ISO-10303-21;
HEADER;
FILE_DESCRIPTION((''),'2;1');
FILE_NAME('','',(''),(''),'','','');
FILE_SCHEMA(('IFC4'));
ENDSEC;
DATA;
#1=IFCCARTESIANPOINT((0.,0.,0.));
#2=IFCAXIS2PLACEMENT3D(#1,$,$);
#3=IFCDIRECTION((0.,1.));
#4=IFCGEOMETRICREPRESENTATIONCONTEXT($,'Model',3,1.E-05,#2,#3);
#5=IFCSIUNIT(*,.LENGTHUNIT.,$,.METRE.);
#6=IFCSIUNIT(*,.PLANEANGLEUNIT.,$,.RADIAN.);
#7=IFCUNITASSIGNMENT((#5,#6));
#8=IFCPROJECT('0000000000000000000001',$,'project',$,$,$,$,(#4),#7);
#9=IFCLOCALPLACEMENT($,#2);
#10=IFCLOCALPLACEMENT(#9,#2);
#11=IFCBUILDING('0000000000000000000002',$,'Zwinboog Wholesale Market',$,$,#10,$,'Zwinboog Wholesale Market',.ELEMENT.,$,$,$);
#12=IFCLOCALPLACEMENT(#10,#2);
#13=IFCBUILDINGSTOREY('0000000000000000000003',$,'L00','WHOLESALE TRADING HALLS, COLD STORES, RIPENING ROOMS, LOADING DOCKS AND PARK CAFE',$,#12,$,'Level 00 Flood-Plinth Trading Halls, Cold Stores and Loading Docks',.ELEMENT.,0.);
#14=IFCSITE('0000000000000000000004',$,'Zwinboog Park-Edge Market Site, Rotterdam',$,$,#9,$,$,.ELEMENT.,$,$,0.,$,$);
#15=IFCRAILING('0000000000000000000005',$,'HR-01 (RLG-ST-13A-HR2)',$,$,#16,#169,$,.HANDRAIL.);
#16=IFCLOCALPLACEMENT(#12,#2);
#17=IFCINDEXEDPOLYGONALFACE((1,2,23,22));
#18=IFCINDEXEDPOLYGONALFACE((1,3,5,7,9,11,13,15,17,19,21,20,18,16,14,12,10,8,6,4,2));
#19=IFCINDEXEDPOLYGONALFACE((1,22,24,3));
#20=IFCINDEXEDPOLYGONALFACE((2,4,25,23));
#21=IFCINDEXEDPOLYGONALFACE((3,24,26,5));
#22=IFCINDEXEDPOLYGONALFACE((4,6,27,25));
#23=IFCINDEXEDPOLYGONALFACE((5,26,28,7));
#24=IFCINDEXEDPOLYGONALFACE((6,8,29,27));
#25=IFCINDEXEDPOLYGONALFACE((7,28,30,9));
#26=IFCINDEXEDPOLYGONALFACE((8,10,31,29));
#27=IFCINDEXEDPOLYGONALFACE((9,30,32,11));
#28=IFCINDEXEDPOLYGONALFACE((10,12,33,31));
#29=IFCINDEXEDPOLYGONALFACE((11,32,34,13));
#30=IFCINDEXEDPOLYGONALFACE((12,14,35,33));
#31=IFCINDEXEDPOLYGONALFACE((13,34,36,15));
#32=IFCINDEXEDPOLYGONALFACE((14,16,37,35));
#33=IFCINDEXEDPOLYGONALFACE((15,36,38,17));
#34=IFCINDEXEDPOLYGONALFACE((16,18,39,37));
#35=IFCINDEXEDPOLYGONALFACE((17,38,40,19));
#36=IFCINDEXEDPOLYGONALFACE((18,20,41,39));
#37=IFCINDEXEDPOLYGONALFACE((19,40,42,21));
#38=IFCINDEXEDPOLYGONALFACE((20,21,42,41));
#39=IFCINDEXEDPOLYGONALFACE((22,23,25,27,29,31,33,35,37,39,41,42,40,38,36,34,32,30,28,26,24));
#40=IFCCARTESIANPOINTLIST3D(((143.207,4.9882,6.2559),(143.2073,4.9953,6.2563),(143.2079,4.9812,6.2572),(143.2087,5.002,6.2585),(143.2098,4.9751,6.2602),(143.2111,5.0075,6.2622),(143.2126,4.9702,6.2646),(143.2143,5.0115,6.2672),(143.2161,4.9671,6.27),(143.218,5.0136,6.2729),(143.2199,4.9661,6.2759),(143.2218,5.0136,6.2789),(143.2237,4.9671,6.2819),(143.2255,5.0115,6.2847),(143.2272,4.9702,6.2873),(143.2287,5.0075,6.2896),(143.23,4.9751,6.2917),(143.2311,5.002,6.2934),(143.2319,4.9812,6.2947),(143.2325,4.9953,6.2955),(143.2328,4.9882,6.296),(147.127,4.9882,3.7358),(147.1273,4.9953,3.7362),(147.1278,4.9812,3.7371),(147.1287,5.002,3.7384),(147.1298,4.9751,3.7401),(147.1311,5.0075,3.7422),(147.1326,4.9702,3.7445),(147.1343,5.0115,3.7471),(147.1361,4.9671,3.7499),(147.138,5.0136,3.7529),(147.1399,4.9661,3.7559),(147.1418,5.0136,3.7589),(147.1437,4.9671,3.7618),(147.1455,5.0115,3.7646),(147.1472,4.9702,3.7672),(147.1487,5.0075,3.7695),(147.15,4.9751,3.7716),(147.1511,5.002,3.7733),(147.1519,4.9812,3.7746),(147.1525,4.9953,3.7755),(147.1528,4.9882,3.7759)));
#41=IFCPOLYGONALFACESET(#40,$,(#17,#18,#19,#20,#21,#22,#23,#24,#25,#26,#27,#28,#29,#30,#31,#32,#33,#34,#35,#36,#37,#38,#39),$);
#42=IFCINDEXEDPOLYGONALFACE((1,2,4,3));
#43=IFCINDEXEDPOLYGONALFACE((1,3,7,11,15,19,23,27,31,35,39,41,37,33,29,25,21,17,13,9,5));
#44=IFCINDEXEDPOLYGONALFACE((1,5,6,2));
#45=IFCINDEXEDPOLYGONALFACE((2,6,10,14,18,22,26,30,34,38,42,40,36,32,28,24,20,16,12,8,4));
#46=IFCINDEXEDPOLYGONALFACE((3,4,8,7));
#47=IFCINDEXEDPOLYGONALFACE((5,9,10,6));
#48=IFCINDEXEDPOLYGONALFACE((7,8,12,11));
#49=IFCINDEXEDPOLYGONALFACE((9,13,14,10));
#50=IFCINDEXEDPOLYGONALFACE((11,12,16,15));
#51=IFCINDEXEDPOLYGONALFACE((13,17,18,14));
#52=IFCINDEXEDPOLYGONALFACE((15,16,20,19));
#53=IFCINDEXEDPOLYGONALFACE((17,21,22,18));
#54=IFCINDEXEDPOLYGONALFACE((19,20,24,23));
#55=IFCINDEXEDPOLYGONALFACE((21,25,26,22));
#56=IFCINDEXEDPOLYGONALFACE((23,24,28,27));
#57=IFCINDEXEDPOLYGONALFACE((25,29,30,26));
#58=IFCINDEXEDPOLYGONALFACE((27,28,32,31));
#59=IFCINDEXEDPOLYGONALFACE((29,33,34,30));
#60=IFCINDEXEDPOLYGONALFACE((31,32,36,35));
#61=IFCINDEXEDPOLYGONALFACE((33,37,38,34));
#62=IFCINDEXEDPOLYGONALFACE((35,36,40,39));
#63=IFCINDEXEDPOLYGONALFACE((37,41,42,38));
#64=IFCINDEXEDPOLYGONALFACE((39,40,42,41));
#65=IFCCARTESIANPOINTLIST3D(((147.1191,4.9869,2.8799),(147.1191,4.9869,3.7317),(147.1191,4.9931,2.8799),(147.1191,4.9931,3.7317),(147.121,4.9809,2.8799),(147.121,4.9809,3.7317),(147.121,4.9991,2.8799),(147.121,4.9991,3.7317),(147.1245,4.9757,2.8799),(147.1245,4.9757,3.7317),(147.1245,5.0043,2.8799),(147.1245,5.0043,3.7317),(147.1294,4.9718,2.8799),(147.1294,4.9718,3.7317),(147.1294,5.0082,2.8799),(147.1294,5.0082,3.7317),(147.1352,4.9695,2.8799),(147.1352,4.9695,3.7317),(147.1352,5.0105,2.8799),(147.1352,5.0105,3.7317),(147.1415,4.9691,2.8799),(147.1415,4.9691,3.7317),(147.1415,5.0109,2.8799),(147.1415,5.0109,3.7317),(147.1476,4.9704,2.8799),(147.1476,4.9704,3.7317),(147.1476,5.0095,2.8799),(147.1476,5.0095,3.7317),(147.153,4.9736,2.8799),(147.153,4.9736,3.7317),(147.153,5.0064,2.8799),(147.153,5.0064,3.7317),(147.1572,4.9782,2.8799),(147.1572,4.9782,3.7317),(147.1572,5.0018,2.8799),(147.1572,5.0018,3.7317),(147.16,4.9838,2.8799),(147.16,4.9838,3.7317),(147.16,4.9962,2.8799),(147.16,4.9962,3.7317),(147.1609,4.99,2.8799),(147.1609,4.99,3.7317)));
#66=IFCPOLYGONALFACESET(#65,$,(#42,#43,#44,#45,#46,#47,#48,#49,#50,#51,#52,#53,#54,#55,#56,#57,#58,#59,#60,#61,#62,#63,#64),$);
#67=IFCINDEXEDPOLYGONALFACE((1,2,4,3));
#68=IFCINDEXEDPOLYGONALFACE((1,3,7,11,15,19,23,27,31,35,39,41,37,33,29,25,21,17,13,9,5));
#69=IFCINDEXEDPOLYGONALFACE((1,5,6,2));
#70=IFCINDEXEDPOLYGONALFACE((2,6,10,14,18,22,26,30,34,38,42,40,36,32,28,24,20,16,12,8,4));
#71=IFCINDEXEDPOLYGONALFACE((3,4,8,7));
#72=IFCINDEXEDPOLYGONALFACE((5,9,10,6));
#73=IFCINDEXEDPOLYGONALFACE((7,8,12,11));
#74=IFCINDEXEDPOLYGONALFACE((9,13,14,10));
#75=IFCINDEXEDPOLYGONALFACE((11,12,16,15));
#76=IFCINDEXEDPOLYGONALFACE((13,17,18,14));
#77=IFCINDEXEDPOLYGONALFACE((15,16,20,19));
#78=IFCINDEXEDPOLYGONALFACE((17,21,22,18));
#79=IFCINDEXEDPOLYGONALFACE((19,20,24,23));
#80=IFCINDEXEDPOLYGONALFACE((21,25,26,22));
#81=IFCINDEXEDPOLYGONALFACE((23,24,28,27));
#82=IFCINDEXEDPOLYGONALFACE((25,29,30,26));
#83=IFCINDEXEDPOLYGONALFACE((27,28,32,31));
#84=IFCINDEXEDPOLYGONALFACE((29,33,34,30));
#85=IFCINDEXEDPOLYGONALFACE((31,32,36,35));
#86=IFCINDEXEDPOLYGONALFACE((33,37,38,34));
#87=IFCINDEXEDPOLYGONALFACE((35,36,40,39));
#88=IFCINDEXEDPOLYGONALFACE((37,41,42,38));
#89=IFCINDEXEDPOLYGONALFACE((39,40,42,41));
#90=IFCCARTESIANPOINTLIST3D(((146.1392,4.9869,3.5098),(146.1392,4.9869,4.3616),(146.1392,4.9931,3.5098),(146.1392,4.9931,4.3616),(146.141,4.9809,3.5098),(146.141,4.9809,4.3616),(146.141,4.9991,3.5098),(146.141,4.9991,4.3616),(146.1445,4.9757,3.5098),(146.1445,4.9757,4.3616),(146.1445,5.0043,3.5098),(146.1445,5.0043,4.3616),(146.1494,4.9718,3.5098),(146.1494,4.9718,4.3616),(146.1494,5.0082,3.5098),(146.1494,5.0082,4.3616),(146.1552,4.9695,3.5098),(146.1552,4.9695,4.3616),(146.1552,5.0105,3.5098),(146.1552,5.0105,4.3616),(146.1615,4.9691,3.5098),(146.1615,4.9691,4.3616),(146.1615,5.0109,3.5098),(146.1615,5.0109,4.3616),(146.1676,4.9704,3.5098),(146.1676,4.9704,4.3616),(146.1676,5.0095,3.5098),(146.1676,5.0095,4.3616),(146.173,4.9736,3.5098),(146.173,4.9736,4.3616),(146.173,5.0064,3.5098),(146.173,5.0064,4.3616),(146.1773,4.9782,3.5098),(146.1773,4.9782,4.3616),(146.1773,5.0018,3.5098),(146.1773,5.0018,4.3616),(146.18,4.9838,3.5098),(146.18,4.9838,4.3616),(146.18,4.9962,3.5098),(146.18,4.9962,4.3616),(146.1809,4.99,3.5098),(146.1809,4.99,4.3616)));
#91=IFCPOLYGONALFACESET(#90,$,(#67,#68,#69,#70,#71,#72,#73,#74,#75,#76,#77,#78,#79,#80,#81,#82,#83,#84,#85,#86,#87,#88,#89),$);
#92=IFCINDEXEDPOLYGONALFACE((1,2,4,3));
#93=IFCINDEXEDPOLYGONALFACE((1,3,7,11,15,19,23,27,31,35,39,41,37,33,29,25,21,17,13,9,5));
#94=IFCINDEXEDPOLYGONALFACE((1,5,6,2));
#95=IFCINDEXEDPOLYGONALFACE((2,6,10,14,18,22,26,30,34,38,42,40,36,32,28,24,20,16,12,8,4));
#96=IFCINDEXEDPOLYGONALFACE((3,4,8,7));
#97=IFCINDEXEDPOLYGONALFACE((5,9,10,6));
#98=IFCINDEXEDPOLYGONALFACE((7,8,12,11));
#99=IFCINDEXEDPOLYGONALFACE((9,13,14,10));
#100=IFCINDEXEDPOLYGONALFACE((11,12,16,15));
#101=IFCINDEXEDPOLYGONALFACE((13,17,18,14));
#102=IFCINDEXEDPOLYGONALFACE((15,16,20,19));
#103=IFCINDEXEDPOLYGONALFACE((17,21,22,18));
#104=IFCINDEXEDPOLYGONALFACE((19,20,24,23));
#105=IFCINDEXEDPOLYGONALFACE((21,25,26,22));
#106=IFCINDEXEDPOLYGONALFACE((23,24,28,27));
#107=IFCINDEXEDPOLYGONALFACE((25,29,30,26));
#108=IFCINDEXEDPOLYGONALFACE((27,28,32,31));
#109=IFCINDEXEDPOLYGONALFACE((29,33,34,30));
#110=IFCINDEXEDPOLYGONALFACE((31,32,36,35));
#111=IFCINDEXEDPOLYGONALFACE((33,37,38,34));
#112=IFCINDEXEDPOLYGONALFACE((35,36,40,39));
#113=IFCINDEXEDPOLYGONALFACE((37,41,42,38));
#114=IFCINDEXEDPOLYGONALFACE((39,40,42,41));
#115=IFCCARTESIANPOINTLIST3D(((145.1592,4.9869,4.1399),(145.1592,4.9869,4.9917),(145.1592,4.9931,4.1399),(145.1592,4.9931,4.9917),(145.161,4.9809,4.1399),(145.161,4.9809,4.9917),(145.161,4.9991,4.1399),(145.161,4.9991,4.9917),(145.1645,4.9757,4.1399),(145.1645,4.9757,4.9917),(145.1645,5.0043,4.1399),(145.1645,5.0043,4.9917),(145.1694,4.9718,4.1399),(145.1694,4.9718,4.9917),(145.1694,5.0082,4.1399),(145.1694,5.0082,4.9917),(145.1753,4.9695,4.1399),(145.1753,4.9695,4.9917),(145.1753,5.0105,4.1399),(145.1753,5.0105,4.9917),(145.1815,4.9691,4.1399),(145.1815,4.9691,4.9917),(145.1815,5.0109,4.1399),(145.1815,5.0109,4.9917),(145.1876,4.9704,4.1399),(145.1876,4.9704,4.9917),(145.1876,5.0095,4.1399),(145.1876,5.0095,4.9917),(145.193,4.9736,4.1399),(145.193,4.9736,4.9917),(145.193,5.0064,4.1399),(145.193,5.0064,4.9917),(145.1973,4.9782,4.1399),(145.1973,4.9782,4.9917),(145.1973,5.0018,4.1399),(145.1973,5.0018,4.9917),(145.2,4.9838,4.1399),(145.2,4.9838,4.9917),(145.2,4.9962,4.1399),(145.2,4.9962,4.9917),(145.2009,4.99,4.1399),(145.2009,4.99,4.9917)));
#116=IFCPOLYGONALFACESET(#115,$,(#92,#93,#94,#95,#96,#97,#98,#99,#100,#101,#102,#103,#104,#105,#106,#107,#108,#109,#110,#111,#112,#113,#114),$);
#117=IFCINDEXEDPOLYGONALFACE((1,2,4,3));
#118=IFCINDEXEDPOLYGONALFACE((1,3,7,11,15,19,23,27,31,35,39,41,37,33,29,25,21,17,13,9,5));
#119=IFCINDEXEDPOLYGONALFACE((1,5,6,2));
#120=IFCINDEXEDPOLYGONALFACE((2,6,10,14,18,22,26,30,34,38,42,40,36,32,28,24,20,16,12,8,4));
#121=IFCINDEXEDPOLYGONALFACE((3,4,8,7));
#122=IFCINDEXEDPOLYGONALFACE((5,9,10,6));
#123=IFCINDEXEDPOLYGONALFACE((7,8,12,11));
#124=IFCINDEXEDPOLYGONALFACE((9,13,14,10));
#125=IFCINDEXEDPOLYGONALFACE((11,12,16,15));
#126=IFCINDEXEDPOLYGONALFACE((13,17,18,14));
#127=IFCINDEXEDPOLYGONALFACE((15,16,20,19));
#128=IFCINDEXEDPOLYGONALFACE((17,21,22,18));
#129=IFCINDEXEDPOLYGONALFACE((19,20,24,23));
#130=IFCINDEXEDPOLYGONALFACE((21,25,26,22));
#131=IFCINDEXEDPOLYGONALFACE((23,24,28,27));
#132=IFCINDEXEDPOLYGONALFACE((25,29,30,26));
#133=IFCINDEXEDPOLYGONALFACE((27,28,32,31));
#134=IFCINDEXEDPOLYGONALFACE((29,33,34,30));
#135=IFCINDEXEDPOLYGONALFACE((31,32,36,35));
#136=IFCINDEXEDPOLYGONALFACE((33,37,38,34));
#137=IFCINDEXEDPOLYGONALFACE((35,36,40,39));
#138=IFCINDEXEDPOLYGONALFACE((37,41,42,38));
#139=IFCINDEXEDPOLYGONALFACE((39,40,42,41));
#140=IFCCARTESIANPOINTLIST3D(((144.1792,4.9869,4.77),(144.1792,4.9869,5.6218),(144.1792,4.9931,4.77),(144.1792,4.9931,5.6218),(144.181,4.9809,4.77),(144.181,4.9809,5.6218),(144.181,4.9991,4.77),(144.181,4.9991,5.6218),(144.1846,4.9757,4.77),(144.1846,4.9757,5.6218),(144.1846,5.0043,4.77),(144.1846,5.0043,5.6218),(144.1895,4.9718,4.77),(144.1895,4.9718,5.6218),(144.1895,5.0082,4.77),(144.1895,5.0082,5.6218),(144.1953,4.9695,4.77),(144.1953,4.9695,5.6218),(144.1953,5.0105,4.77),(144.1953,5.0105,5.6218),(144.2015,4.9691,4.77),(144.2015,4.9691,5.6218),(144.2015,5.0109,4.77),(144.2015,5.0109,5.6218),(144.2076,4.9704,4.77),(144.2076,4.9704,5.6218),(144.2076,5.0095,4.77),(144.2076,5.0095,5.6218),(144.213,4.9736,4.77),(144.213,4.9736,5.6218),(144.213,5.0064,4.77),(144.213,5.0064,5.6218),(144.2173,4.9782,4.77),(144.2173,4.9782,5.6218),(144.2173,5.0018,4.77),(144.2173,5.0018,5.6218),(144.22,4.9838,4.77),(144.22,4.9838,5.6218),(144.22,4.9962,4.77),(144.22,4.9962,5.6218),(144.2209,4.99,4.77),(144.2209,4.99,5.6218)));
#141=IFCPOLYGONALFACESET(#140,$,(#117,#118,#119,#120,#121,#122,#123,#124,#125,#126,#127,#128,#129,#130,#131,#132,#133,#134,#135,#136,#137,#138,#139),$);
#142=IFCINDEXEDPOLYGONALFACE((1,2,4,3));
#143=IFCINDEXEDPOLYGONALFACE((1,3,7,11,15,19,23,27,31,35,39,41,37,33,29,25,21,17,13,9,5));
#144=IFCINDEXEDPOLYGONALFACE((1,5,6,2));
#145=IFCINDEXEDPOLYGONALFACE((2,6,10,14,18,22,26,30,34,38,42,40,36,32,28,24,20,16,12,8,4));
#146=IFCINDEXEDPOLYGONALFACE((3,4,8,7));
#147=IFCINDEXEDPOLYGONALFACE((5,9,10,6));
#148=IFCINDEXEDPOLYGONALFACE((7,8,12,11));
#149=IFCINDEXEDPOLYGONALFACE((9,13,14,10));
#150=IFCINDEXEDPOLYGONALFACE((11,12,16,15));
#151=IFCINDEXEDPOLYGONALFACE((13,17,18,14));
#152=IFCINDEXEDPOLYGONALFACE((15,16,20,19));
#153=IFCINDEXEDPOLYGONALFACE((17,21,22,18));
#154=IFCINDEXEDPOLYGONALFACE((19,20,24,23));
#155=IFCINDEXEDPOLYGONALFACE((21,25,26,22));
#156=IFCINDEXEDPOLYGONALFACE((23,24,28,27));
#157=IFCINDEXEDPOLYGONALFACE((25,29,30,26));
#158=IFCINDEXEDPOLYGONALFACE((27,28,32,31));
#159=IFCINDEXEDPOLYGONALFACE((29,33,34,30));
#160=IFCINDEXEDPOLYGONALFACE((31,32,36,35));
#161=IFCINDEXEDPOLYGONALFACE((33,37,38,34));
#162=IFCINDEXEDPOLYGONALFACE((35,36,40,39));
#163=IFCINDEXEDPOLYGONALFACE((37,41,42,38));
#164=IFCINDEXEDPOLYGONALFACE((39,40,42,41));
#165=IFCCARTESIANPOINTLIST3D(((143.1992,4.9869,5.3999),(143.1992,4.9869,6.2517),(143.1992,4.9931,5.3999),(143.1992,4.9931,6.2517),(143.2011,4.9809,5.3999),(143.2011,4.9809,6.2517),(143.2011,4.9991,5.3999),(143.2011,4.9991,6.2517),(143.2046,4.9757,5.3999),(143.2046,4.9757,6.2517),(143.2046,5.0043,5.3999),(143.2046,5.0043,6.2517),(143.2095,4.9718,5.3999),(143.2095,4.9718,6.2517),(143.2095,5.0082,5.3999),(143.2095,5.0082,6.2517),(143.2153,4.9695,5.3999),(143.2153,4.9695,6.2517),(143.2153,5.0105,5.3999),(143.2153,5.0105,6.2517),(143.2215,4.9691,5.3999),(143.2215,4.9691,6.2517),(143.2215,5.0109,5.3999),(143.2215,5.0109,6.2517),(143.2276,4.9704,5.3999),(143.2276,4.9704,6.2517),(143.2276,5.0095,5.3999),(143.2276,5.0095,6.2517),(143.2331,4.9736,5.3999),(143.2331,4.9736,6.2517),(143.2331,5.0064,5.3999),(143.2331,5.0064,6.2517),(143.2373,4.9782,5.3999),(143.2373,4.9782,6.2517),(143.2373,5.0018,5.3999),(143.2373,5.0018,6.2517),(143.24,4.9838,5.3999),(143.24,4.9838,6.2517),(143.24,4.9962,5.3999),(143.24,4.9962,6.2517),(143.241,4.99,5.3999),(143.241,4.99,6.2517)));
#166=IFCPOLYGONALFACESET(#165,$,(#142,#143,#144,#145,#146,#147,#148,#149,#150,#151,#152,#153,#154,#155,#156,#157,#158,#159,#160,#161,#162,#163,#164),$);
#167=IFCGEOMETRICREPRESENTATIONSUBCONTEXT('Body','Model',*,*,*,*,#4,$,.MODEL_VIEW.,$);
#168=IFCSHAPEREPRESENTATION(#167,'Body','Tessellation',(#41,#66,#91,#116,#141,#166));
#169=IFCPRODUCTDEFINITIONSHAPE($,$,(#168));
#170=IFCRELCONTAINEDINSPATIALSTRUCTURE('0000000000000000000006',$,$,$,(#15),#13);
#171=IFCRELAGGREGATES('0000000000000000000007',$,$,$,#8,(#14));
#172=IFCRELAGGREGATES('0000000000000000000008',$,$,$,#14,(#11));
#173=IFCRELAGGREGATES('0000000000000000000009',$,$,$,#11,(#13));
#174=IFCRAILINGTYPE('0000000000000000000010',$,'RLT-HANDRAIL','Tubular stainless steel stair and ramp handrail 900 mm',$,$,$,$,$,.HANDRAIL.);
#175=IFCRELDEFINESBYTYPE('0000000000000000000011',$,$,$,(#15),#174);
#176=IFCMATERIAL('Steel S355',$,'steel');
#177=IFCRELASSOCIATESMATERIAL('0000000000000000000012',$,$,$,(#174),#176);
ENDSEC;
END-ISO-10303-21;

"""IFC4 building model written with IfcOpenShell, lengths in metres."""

from ifc_helpers import new_model, si_unit, direction, frame, origin, origin_2d, place, context, subcontext, project, spatial, circle, extrude, material, type_object, element, save


model = new_model("IFC4")

# Units and contexts
model_context = context("Model", 3, precision=1e-05, world=origin(), true_north=direction((0.0, 1.0)))
body_context = subcontext(model_context, "Body", "Model", "MODEL_VIEW")
ifc_project = project(units=[si_unit("LENGTHUNIT", "METRE"), si_unit("PLANEANGLEUNIT", "RADIAN")], contexts=[model_context])

# Site, building, storey
site_placement = place(None, origin())
site = spatial("IfcSite", under=ifc_project, at=site_placement, Name="Zwinboog Park-Edge Market Site, Rotterdam", CompositionType="ELEMENT", RefElevation=0.0)
building_placement = place(site_placement, origin())
building = spatial("IfcBuilding", under=site, at=building_placement, Name="Zwinboog Wholesale Market", LongName="Zwinboog Wholesale Market", CompositionType="ELEMENT")
storey_placement = place(building_placement, origin())
storey = spatial("IfcBuildingStorey", under=building, at=storey_placement, Name="L00", Description="WHOLESALE TRADING HALLS, COLD STORES, RIPENING ROOMS, LOADING DOCKS AND PARK CAFE", LongName="Level 00 Flood-Plinth Trading Halls, Cold Stores and Loading Docks", CompositionType="ELEMENT", Elevation=0.0)

# Railing
ifc_material_1 = material(Name="Steel S355", Category="steel")
railing_type_1 = type_object("IfcRailingType", Name="RLT-HANDRAIL", Description="Tubular stainless steel stair and ramp handrail 900 mm", PredefinedType="HANDRAIL", material=ifc_material_1)
railing_1_placement = place(storey_placement, frame((147.1399, 4.99, 2.8799)))
element("IfcRailing", 1, at=railing_1_placement, inside=storey, type_object=railing_type_1, Name="HR-01 (RLG-ST-13A-HR2)", PredefinedType="HANDRAIL", context=body_context, shape_type="SweptSolid", body=[
    extrude(circle(Radius=0.0239, at=origin_2d()), frame((0.0, 0.0, 0.876), z_axis=(-0.841172, 0.0, 0.540768), x_axis=(0.0, -1.0, 0.0)), (0.0, 0.0, 1.0), 4.6602),
    extrude(circle(Radius=0.021, at=origin_2d()), origin(), (0.0, 0.0, 1.0), 0.8518),
    extrude(circle(Radius=0.021, at=origin_2d()), frame((-0.98, 0.0, 0.6299)), (0.0, 0.0, 1.0), 0.8518),
    extrude(circle(Radius=0.021, at=origin_2d()), frame((-1.96, 0.0, 1.26)), (0.0, 0.0, 1.0), 0.8518),
    extrude(circle(Radius=0.021, at=origin_2d()), frame((-2.9399, 0.0, 1.8901)), (0.0, 0.0, 1.0), 0.8518),
    extrude(circle(Radius=0.021, at=origin_2d()), frame((-3.9199, 0.0, 2.52)), (0.0, 0.0, 1.0), 0.8518),
])

save(model, "model.ifc")
